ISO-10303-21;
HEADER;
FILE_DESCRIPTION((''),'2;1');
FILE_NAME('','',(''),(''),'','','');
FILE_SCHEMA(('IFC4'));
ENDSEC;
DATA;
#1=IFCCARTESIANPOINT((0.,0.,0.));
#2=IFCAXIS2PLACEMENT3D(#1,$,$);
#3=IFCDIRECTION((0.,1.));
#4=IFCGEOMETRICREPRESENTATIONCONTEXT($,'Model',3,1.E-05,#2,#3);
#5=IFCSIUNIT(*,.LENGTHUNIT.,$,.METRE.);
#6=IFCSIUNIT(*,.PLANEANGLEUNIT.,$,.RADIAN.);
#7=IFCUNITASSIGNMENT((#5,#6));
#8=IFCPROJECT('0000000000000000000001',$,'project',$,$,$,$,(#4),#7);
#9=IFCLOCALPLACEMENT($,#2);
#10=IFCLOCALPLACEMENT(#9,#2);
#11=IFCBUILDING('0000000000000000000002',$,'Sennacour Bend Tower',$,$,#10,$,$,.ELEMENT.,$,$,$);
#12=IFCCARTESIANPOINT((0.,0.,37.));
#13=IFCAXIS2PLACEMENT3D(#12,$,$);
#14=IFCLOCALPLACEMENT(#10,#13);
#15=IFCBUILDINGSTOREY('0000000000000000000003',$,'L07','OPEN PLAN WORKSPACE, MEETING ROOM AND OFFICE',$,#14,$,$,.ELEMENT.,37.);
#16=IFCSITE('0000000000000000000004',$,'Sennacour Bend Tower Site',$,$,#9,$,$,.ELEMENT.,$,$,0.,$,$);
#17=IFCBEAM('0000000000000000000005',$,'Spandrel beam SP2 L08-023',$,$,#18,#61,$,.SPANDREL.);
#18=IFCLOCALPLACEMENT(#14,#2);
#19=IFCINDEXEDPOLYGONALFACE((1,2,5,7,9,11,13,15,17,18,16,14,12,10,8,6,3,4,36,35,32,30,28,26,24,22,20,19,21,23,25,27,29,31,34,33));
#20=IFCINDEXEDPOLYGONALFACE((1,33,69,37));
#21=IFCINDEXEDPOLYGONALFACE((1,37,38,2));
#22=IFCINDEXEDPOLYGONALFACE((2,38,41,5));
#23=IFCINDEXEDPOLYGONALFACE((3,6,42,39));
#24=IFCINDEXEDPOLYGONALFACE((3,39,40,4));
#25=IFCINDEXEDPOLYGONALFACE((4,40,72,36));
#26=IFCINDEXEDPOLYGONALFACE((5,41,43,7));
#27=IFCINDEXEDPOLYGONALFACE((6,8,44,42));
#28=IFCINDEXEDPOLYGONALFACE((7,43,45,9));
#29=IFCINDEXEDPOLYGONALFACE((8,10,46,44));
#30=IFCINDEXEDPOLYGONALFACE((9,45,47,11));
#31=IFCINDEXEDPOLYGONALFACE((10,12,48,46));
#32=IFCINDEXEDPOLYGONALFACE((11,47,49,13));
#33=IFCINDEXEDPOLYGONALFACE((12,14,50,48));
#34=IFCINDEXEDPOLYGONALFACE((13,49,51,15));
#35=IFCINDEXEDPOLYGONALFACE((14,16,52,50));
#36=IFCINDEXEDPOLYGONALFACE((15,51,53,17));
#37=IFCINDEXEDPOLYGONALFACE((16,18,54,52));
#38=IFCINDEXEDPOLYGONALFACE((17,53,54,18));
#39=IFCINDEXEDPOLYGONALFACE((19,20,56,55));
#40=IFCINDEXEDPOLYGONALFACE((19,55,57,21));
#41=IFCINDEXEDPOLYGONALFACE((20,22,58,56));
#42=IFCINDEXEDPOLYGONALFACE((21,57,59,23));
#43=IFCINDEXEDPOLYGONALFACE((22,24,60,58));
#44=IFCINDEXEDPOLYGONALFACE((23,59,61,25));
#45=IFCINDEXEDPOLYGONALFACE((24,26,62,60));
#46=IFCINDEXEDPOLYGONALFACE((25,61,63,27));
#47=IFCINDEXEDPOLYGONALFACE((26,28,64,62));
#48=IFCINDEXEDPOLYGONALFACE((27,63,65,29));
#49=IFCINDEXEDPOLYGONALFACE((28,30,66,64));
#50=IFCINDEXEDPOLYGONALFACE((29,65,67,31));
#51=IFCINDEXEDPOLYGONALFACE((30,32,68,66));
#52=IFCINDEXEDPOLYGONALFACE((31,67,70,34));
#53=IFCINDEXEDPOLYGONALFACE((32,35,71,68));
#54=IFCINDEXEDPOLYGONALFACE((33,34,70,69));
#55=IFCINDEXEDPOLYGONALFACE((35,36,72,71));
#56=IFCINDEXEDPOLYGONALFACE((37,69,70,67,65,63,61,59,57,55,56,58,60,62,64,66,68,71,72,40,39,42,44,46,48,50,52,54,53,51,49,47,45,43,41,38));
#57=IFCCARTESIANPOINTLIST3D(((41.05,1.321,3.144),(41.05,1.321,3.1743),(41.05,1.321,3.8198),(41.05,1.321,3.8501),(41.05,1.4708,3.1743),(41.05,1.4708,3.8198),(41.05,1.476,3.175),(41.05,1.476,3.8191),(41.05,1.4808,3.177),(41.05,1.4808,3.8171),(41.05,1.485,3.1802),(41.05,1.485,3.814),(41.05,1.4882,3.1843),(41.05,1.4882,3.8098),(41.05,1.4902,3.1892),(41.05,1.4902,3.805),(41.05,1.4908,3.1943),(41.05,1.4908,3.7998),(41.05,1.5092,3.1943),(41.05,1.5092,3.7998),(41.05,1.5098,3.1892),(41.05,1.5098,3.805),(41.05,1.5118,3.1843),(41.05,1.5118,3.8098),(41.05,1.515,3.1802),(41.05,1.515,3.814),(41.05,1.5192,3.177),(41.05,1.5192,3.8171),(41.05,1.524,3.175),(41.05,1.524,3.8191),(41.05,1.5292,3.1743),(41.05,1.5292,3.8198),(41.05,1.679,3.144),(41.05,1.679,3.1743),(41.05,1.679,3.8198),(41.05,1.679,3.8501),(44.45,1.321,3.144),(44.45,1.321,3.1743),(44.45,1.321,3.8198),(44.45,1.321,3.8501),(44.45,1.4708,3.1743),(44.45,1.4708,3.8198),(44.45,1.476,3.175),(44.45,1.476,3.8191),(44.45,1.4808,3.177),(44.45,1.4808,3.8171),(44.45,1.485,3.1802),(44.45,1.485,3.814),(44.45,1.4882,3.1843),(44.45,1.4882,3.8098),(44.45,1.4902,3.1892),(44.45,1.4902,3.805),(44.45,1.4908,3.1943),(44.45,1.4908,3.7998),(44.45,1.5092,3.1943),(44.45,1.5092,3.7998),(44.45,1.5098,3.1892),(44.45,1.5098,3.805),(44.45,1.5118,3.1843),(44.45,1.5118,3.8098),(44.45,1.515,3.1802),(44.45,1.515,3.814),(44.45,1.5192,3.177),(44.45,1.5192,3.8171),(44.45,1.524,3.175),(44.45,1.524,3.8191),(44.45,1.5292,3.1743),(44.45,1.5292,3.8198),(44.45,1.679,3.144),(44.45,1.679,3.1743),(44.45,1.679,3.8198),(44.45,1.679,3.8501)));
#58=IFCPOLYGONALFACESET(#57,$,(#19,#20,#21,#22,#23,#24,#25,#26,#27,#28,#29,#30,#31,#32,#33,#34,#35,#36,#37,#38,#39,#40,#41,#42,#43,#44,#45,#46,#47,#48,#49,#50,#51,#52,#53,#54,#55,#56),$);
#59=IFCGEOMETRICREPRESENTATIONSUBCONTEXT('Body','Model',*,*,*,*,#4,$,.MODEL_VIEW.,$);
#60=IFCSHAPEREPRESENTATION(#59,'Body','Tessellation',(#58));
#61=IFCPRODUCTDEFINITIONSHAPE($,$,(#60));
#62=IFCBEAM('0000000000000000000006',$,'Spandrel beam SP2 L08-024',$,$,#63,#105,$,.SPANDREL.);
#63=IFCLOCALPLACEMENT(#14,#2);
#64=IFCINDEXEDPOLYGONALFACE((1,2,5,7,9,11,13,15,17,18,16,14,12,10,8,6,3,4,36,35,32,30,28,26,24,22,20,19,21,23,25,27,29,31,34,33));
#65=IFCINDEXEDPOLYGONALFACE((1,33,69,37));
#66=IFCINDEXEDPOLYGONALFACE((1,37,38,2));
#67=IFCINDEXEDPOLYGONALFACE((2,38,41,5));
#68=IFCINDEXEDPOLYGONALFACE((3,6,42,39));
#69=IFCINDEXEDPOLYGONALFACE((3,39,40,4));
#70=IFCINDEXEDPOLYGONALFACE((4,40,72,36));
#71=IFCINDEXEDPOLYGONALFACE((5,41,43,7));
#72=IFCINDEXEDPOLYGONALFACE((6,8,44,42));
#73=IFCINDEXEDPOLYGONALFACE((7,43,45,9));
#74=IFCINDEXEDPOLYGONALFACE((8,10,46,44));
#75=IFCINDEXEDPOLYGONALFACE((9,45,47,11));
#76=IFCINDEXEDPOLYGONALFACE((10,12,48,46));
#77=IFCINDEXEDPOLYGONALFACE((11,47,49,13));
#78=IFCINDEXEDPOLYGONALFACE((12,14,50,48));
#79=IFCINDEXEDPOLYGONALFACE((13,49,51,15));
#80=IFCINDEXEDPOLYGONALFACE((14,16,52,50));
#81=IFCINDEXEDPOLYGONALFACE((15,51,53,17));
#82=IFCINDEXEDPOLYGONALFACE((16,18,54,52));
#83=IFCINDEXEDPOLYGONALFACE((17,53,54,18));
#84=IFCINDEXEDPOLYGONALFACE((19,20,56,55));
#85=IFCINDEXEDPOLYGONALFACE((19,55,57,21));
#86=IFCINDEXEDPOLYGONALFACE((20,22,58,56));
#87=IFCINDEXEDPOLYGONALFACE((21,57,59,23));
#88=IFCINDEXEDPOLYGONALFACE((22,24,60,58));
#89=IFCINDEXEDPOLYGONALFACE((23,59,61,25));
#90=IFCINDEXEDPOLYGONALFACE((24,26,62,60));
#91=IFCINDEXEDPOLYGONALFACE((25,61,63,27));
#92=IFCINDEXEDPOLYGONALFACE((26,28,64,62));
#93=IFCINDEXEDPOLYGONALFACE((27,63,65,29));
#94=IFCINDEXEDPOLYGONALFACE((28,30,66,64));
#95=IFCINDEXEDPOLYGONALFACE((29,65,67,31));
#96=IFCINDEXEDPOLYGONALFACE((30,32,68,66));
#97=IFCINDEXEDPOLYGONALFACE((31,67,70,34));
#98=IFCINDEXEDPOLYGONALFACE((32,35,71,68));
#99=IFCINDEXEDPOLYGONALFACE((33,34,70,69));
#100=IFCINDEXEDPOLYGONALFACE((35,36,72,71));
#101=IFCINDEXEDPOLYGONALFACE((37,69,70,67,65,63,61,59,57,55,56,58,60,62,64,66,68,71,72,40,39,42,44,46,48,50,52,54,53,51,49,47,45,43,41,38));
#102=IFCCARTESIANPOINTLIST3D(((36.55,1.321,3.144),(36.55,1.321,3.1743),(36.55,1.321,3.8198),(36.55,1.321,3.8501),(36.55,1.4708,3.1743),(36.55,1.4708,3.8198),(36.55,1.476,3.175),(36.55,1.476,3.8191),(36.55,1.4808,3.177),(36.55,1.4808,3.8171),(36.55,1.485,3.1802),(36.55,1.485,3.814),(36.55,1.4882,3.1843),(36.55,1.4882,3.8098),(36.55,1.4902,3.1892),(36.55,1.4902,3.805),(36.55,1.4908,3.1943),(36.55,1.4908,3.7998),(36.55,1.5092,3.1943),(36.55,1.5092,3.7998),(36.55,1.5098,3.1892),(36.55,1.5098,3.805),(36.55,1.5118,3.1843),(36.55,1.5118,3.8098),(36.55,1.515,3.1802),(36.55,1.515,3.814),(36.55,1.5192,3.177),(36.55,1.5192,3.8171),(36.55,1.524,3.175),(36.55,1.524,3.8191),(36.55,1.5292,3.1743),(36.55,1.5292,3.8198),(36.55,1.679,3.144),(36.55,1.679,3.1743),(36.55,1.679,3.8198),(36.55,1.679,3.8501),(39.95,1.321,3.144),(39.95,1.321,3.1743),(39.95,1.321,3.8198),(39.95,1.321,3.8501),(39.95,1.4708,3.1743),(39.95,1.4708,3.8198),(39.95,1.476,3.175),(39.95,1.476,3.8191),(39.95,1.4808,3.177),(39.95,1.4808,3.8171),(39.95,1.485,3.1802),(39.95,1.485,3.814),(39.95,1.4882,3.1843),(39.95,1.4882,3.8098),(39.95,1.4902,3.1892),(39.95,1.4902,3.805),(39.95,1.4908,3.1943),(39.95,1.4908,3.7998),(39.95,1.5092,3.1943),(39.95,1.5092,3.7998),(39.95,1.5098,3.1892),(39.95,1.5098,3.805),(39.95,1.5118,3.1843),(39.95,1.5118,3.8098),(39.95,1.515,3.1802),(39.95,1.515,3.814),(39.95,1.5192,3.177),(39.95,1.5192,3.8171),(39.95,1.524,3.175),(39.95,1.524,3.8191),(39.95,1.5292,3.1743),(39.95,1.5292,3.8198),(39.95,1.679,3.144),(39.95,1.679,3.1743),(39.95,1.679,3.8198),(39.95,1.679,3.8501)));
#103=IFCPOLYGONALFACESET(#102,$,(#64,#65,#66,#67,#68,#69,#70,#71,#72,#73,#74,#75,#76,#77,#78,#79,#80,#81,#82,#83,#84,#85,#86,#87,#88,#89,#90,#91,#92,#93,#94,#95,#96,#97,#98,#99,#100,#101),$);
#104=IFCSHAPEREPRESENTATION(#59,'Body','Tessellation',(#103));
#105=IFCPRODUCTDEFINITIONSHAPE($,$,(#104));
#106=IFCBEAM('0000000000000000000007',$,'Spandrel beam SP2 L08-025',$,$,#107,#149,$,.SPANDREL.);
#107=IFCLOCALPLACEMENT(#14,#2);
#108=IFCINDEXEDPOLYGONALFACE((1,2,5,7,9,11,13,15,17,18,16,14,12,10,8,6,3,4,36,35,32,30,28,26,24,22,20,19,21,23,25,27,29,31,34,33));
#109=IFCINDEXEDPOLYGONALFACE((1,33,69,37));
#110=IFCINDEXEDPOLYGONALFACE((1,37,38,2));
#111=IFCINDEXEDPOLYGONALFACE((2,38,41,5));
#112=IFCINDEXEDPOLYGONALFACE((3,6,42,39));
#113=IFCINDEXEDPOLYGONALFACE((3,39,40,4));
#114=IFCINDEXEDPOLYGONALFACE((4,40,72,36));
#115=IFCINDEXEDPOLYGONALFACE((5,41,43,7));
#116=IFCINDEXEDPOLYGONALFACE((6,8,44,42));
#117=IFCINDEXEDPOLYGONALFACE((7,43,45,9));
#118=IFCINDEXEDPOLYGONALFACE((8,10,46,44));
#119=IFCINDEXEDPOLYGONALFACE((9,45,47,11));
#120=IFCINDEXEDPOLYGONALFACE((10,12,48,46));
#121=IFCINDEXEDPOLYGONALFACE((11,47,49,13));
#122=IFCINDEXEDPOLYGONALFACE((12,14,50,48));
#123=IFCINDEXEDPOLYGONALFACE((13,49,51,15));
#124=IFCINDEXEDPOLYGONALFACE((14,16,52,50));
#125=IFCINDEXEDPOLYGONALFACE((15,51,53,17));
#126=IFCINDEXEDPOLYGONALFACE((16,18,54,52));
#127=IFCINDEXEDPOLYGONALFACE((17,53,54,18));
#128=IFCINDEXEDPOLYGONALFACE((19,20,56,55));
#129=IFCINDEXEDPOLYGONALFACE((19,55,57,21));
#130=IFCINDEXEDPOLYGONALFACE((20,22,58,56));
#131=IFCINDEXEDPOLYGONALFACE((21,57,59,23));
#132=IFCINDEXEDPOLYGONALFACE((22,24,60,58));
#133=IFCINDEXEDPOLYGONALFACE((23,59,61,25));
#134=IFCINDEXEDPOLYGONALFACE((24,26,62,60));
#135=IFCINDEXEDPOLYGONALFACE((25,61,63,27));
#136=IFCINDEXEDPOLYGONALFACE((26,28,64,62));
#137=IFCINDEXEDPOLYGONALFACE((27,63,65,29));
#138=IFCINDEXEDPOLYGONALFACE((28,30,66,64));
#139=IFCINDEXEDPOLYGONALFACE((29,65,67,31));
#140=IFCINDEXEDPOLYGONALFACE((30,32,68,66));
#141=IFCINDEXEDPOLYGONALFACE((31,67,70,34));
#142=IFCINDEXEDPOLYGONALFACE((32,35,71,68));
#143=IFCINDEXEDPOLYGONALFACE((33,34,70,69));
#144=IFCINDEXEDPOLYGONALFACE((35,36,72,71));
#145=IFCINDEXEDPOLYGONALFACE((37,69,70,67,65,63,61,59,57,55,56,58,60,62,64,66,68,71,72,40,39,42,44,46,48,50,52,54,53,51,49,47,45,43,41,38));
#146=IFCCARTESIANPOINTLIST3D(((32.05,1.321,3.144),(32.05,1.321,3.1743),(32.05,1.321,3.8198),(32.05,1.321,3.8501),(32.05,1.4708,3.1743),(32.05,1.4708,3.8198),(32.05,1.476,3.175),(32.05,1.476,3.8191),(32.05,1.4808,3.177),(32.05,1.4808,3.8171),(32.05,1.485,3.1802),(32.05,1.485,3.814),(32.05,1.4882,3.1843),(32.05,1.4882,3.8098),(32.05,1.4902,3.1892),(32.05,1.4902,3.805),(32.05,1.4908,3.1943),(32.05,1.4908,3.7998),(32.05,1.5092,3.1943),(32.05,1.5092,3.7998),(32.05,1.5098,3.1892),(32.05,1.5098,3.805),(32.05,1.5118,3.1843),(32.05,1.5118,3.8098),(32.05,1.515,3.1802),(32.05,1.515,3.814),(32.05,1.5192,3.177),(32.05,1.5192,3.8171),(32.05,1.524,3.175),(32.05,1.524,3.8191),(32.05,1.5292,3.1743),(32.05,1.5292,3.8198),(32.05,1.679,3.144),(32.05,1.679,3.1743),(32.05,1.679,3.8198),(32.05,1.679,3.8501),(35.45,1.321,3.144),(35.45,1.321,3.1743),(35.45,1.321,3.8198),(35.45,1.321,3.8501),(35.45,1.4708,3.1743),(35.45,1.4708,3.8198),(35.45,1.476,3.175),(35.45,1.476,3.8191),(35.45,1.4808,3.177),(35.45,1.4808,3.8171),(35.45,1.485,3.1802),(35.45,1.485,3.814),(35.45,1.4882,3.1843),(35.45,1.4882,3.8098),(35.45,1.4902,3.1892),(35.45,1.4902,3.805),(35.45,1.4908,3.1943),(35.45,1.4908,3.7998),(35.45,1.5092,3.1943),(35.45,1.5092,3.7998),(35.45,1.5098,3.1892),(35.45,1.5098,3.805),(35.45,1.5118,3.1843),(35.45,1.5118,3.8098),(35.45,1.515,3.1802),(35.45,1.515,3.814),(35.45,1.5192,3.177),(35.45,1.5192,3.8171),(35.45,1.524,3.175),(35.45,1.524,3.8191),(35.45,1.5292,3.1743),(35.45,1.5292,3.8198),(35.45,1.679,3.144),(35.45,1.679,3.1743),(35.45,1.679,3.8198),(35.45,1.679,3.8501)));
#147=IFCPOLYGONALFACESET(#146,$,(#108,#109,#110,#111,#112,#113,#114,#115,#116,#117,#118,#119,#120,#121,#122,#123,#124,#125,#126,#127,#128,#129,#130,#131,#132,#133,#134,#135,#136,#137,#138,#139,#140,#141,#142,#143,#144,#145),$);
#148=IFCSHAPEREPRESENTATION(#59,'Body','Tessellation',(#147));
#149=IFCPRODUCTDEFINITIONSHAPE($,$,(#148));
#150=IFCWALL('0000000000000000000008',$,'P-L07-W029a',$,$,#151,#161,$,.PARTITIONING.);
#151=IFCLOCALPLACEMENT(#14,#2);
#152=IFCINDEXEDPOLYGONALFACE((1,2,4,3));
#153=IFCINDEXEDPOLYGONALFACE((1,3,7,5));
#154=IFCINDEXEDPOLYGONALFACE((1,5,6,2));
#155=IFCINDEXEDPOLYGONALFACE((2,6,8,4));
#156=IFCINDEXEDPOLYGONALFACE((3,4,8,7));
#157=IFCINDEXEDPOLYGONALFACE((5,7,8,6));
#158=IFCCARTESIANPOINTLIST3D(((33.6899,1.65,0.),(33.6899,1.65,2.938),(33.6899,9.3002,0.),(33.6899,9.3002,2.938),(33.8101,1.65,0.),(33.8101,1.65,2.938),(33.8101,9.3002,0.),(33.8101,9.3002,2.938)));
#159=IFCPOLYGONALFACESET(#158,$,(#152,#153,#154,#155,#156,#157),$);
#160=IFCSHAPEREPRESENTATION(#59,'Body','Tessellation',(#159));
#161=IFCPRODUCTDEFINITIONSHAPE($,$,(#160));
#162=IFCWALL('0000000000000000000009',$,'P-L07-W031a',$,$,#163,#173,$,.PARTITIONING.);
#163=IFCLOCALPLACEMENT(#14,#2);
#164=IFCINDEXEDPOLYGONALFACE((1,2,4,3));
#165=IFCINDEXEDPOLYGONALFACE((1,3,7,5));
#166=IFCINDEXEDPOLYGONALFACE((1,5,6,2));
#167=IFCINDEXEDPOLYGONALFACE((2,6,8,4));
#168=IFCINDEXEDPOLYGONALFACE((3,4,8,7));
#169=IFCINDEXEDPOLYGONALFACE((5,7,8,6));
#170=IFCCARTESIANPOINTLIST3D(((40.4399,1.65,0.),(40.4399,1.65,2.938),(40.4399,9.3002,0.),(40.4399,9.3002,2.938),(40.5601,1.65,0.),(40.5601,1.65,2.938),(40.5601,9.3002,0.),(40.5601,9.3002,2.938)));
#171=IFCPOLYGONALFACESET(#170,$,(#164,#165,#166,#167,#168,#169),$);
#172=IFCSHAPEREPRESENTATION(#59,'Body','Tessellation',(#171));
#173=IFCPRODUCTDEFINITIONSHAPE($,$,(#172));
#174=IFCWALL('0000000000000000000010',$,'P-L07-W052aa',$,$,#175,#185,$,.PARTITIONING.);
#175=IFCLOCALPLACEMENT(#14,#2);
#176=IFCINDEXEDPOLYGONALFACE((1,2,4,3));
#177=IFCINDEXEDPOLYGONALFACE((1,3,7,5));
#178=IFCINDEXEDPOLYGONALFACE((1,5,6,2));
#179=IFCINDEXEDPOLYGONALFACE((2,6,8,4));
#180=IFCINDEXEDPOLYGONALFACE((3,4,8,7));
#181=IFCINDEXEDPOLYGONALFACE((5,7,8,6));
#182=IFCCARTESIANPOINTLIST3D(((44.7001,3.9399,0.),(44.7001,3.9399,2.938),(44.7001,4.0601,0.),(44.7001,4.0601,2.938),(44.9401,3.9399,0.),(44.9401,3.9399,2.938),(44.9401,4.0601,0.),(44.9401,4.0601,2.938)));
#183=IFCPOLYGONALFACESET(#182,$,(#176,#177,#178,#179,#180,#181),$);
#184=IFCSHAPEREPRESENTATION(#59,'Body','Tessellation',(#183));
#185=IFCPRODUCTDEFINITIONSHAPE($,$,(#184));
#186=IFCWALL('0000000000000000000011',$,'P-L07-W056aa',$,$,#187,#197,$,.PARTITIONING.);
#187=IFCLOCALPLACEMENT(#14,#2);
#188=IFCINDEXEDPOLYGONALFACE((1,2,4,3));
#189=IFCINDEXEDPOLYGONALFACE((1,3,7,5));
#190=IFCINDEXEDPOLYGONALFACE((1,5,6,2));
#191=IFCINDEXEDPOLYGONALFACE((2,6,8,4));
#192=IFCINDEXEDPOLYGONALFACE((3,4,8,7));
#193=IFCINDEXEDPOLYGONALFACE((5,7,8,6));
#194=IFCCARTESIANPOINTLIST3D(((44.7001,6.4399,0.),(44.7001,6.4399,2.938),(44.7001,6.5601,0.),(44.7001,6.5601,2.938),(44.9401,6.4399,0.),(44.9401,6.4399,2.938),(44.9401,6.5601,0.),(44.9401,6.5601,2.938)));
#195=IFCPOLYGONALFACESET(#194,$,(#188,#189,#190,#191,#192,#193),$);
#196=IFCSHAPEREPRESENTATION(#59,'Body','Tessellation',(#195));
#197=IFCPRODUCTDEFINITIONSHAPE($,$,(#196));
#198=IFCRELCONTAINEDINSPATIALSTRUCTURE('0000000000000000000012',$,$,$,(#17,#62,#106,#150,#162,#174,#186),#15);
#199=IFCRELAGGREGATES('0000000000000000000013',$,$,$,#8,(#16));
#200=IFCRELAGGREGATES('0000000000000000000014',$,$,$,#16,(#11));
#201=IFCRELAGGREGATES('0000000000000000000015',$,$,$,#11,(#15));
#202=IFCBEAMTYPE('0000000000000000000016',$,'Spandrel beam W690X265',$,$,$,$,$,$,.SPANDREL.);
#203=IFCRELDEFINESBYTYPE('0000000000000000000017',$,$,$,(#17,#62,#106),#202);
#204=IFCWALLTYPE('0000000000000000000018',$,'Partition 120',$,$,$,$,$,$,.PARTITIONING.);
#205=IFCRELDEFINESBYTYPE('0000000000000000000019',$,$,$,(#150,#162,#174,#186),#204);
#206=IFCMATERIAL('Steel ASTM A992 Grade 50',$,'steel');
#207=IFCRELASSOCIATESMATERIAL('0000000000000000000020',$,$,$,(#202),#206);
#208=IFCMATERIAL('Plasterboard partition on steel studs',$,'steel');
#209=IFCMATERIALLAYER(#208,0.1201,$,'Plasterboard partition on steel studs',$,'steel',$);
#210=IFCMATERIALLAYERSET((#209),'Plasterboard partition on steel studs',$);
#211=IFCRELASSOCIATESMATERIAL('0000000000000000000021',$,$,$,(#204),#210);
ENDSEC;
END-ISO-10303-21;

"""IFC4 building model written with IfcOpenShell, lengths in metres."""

from ifc_helpers import new_model, si_unit, direction, frame, frame_2d, origin, origin_2d, place, context, subcontext, project, spatial, rectangle, i_section, extrude, material, layer, layer_set, material_profile, profile_set, type_object, element, save


model = new_model("IFC4")

# Units and contexts
model_context = context("Model", 3, precision=1e-05, world=origin(), true_north=direction((0.0, 1.0)))
body_context = subcontext(model_context, "Body", "Model", "MODEL_VIEW")
ifc_project = project(units=[si_unit("LENGTHUNIT", "METRE"), si_unit("PLANEANGLEUNIT", "RADIAN")], contexts=[model_context])

# Site, building, storey
site_placement = place(None, origin())
site = spatial("IfcSite", under=ifc_project, at=site_placement, Name="Sennacour Bend Tower Site", CompositionType="ELEMENT", RefElevation=0.0)
building_placement = place(site_placement, origin())
building = spatial("IfcBuilding", under=site, at=building_placement, Name="Sennacour Bend Tower", CompositionType="ELEMENT")
storey_placement = place(building_placement, frame((0.0, 0.0, 37.0)))
storey = spatial("IfcBuildingStorey", under=building, at=storey_placement, Name="L07", Description="OPEN PLAN WORKSPACE, MEETING ROOM AND OFFICE", CompositionType="ELEMENT", Elevation=37.0)

# Beams
ifc_material_1 = material(Name="Steel ASTM A992 Grade 50", Category="steel")
ifc_material_profile_1 = material_profile(ifc_material_1, i_section(OverallWidth=0.3579, OverallDepth=0.7061, WebThickness=0.0183, FlangeThickness=0.0303, FilletRadius=0.02, at=origin_2d()), Name="Steel ASTM A992 Grade 50", Category="steel")
ifc_profile_set_1 = profile_set([ifc_material_profile_1], Name="Steel ASTM A992 Grade 50")
beam_type_1 = type_object("IfcBeamType", Name="Spandrel beam W690X265", PredefinedType="SPANDREL", material=ifc_profile_set_1)
for number, where, z_axis, x_axis, name in (
    (1, (44.45, 1.5, 3.4971), (-1.0, 0.0, 0.0), (0.0, -1.0, 0.0), "Spandrel beam SP2 L08-023"),
    (2, (39.95, 1.5, 3.4971), (-1.0, 0.0, 0.0), (0.0, -1.0, 0.0), "Spandrel beam SP2 L08-024"),
    (3, (35.45, 1.5, 3.4971), (-1.0, 0.0, 0.0), (0.0, -1.0, 0.0), "Spandrel beam SP2 L08-025"),
):
    element("IfcBeam", number, at=place(storey_placement, frame(where, z_axis=z_axis, x_axis=x_axis)), inside=storey, type_object=beam_type_1, Name=name, PredefinedType="SPANDREL", context=body_context, shape_type="SweptSolid", body=[
        extrude(i_section(OverallWidth=0.3579, OverallDepth=0.7061, WebThickness=0.0183, FlangeThickness=0.0303, FilletRadius=0.02, at=origin_2d()), origin(), (0.0, 0.0, 1.0), 3.3999),
    ])

# Walls
ifc_material_2 = material(Name="Plasterboard partition on steel studs", Category="steel")
ifc_layer_1 = layer(ifc_material_2, 0.1201, Name="Plasterboard partition on steel studs", Category="steel")
ifc_layer_set_1 = layer_set([ifc_layer_1], Name="Plasterboard partition on steel studs")
wall_type_1 = type_object("IfcWallType", Name="Partition 120", PredefinedType="PARTITIONING", material=ifc_layer_set_1)
for number, where, z_axis, x_axis, name in (
    (4, (33.75, 1.6499, 0.0), (0.0, 0.0, 1.0), (0.0, 1.0, 0.0), "P-L07-W029a"),
    (5, (40.5, 1.6499, 0.0), (0.0, 0.0, 1.0), (0.0, 1.0, 0.0), "P-L07-W031a"),
):
    element("IfcWall", number, at=place(storey_placement, frame(where, z_axis=z_axis, x_axis=x_axis)), inside=storey, type_object=wall_type_1, Name=name, PredefinedType="PARTITIONING", context=body_context, shape_type="SweptSolid", body=[
        extrude(rectangle(XDim=7.6501, YDim=0.1201, at=frame_2d((3.8252, 0.0))), origin(), (0.0, 0.0, 1.0), 2.938),
    ])
for number, where, z_axis, x_axis, name in (
    (6, (44.7, 4.0, 0.0), (0.0, 0.0, 1.0), (1.0, 0.0, 0.0), "P-L07-W052aa"),
    (7, (44.7, 6.5, 0.0), (0.0, 0.0, 1.0), (1.0, 0.0, 0.0), "P-L07-W056aa"),
):
    element("IfcWall", number, at=place(storey_placement, frame(where, z_axis=z_axis, x_axis=x_axis)), inside=storey, type_object=wall_type_1, Name=name, PredefinedType="PARTITIONING", context=body_context, shape_type="SweptSolid", body=[
        extrude(rectangle(XDim=0.24, YDim=0.1201, at=frame_2d((0.1201, 0.0))), origin(), (0.0, 0.0, 1.0), 2.938),
    ])

save(model, "model.ifc")
